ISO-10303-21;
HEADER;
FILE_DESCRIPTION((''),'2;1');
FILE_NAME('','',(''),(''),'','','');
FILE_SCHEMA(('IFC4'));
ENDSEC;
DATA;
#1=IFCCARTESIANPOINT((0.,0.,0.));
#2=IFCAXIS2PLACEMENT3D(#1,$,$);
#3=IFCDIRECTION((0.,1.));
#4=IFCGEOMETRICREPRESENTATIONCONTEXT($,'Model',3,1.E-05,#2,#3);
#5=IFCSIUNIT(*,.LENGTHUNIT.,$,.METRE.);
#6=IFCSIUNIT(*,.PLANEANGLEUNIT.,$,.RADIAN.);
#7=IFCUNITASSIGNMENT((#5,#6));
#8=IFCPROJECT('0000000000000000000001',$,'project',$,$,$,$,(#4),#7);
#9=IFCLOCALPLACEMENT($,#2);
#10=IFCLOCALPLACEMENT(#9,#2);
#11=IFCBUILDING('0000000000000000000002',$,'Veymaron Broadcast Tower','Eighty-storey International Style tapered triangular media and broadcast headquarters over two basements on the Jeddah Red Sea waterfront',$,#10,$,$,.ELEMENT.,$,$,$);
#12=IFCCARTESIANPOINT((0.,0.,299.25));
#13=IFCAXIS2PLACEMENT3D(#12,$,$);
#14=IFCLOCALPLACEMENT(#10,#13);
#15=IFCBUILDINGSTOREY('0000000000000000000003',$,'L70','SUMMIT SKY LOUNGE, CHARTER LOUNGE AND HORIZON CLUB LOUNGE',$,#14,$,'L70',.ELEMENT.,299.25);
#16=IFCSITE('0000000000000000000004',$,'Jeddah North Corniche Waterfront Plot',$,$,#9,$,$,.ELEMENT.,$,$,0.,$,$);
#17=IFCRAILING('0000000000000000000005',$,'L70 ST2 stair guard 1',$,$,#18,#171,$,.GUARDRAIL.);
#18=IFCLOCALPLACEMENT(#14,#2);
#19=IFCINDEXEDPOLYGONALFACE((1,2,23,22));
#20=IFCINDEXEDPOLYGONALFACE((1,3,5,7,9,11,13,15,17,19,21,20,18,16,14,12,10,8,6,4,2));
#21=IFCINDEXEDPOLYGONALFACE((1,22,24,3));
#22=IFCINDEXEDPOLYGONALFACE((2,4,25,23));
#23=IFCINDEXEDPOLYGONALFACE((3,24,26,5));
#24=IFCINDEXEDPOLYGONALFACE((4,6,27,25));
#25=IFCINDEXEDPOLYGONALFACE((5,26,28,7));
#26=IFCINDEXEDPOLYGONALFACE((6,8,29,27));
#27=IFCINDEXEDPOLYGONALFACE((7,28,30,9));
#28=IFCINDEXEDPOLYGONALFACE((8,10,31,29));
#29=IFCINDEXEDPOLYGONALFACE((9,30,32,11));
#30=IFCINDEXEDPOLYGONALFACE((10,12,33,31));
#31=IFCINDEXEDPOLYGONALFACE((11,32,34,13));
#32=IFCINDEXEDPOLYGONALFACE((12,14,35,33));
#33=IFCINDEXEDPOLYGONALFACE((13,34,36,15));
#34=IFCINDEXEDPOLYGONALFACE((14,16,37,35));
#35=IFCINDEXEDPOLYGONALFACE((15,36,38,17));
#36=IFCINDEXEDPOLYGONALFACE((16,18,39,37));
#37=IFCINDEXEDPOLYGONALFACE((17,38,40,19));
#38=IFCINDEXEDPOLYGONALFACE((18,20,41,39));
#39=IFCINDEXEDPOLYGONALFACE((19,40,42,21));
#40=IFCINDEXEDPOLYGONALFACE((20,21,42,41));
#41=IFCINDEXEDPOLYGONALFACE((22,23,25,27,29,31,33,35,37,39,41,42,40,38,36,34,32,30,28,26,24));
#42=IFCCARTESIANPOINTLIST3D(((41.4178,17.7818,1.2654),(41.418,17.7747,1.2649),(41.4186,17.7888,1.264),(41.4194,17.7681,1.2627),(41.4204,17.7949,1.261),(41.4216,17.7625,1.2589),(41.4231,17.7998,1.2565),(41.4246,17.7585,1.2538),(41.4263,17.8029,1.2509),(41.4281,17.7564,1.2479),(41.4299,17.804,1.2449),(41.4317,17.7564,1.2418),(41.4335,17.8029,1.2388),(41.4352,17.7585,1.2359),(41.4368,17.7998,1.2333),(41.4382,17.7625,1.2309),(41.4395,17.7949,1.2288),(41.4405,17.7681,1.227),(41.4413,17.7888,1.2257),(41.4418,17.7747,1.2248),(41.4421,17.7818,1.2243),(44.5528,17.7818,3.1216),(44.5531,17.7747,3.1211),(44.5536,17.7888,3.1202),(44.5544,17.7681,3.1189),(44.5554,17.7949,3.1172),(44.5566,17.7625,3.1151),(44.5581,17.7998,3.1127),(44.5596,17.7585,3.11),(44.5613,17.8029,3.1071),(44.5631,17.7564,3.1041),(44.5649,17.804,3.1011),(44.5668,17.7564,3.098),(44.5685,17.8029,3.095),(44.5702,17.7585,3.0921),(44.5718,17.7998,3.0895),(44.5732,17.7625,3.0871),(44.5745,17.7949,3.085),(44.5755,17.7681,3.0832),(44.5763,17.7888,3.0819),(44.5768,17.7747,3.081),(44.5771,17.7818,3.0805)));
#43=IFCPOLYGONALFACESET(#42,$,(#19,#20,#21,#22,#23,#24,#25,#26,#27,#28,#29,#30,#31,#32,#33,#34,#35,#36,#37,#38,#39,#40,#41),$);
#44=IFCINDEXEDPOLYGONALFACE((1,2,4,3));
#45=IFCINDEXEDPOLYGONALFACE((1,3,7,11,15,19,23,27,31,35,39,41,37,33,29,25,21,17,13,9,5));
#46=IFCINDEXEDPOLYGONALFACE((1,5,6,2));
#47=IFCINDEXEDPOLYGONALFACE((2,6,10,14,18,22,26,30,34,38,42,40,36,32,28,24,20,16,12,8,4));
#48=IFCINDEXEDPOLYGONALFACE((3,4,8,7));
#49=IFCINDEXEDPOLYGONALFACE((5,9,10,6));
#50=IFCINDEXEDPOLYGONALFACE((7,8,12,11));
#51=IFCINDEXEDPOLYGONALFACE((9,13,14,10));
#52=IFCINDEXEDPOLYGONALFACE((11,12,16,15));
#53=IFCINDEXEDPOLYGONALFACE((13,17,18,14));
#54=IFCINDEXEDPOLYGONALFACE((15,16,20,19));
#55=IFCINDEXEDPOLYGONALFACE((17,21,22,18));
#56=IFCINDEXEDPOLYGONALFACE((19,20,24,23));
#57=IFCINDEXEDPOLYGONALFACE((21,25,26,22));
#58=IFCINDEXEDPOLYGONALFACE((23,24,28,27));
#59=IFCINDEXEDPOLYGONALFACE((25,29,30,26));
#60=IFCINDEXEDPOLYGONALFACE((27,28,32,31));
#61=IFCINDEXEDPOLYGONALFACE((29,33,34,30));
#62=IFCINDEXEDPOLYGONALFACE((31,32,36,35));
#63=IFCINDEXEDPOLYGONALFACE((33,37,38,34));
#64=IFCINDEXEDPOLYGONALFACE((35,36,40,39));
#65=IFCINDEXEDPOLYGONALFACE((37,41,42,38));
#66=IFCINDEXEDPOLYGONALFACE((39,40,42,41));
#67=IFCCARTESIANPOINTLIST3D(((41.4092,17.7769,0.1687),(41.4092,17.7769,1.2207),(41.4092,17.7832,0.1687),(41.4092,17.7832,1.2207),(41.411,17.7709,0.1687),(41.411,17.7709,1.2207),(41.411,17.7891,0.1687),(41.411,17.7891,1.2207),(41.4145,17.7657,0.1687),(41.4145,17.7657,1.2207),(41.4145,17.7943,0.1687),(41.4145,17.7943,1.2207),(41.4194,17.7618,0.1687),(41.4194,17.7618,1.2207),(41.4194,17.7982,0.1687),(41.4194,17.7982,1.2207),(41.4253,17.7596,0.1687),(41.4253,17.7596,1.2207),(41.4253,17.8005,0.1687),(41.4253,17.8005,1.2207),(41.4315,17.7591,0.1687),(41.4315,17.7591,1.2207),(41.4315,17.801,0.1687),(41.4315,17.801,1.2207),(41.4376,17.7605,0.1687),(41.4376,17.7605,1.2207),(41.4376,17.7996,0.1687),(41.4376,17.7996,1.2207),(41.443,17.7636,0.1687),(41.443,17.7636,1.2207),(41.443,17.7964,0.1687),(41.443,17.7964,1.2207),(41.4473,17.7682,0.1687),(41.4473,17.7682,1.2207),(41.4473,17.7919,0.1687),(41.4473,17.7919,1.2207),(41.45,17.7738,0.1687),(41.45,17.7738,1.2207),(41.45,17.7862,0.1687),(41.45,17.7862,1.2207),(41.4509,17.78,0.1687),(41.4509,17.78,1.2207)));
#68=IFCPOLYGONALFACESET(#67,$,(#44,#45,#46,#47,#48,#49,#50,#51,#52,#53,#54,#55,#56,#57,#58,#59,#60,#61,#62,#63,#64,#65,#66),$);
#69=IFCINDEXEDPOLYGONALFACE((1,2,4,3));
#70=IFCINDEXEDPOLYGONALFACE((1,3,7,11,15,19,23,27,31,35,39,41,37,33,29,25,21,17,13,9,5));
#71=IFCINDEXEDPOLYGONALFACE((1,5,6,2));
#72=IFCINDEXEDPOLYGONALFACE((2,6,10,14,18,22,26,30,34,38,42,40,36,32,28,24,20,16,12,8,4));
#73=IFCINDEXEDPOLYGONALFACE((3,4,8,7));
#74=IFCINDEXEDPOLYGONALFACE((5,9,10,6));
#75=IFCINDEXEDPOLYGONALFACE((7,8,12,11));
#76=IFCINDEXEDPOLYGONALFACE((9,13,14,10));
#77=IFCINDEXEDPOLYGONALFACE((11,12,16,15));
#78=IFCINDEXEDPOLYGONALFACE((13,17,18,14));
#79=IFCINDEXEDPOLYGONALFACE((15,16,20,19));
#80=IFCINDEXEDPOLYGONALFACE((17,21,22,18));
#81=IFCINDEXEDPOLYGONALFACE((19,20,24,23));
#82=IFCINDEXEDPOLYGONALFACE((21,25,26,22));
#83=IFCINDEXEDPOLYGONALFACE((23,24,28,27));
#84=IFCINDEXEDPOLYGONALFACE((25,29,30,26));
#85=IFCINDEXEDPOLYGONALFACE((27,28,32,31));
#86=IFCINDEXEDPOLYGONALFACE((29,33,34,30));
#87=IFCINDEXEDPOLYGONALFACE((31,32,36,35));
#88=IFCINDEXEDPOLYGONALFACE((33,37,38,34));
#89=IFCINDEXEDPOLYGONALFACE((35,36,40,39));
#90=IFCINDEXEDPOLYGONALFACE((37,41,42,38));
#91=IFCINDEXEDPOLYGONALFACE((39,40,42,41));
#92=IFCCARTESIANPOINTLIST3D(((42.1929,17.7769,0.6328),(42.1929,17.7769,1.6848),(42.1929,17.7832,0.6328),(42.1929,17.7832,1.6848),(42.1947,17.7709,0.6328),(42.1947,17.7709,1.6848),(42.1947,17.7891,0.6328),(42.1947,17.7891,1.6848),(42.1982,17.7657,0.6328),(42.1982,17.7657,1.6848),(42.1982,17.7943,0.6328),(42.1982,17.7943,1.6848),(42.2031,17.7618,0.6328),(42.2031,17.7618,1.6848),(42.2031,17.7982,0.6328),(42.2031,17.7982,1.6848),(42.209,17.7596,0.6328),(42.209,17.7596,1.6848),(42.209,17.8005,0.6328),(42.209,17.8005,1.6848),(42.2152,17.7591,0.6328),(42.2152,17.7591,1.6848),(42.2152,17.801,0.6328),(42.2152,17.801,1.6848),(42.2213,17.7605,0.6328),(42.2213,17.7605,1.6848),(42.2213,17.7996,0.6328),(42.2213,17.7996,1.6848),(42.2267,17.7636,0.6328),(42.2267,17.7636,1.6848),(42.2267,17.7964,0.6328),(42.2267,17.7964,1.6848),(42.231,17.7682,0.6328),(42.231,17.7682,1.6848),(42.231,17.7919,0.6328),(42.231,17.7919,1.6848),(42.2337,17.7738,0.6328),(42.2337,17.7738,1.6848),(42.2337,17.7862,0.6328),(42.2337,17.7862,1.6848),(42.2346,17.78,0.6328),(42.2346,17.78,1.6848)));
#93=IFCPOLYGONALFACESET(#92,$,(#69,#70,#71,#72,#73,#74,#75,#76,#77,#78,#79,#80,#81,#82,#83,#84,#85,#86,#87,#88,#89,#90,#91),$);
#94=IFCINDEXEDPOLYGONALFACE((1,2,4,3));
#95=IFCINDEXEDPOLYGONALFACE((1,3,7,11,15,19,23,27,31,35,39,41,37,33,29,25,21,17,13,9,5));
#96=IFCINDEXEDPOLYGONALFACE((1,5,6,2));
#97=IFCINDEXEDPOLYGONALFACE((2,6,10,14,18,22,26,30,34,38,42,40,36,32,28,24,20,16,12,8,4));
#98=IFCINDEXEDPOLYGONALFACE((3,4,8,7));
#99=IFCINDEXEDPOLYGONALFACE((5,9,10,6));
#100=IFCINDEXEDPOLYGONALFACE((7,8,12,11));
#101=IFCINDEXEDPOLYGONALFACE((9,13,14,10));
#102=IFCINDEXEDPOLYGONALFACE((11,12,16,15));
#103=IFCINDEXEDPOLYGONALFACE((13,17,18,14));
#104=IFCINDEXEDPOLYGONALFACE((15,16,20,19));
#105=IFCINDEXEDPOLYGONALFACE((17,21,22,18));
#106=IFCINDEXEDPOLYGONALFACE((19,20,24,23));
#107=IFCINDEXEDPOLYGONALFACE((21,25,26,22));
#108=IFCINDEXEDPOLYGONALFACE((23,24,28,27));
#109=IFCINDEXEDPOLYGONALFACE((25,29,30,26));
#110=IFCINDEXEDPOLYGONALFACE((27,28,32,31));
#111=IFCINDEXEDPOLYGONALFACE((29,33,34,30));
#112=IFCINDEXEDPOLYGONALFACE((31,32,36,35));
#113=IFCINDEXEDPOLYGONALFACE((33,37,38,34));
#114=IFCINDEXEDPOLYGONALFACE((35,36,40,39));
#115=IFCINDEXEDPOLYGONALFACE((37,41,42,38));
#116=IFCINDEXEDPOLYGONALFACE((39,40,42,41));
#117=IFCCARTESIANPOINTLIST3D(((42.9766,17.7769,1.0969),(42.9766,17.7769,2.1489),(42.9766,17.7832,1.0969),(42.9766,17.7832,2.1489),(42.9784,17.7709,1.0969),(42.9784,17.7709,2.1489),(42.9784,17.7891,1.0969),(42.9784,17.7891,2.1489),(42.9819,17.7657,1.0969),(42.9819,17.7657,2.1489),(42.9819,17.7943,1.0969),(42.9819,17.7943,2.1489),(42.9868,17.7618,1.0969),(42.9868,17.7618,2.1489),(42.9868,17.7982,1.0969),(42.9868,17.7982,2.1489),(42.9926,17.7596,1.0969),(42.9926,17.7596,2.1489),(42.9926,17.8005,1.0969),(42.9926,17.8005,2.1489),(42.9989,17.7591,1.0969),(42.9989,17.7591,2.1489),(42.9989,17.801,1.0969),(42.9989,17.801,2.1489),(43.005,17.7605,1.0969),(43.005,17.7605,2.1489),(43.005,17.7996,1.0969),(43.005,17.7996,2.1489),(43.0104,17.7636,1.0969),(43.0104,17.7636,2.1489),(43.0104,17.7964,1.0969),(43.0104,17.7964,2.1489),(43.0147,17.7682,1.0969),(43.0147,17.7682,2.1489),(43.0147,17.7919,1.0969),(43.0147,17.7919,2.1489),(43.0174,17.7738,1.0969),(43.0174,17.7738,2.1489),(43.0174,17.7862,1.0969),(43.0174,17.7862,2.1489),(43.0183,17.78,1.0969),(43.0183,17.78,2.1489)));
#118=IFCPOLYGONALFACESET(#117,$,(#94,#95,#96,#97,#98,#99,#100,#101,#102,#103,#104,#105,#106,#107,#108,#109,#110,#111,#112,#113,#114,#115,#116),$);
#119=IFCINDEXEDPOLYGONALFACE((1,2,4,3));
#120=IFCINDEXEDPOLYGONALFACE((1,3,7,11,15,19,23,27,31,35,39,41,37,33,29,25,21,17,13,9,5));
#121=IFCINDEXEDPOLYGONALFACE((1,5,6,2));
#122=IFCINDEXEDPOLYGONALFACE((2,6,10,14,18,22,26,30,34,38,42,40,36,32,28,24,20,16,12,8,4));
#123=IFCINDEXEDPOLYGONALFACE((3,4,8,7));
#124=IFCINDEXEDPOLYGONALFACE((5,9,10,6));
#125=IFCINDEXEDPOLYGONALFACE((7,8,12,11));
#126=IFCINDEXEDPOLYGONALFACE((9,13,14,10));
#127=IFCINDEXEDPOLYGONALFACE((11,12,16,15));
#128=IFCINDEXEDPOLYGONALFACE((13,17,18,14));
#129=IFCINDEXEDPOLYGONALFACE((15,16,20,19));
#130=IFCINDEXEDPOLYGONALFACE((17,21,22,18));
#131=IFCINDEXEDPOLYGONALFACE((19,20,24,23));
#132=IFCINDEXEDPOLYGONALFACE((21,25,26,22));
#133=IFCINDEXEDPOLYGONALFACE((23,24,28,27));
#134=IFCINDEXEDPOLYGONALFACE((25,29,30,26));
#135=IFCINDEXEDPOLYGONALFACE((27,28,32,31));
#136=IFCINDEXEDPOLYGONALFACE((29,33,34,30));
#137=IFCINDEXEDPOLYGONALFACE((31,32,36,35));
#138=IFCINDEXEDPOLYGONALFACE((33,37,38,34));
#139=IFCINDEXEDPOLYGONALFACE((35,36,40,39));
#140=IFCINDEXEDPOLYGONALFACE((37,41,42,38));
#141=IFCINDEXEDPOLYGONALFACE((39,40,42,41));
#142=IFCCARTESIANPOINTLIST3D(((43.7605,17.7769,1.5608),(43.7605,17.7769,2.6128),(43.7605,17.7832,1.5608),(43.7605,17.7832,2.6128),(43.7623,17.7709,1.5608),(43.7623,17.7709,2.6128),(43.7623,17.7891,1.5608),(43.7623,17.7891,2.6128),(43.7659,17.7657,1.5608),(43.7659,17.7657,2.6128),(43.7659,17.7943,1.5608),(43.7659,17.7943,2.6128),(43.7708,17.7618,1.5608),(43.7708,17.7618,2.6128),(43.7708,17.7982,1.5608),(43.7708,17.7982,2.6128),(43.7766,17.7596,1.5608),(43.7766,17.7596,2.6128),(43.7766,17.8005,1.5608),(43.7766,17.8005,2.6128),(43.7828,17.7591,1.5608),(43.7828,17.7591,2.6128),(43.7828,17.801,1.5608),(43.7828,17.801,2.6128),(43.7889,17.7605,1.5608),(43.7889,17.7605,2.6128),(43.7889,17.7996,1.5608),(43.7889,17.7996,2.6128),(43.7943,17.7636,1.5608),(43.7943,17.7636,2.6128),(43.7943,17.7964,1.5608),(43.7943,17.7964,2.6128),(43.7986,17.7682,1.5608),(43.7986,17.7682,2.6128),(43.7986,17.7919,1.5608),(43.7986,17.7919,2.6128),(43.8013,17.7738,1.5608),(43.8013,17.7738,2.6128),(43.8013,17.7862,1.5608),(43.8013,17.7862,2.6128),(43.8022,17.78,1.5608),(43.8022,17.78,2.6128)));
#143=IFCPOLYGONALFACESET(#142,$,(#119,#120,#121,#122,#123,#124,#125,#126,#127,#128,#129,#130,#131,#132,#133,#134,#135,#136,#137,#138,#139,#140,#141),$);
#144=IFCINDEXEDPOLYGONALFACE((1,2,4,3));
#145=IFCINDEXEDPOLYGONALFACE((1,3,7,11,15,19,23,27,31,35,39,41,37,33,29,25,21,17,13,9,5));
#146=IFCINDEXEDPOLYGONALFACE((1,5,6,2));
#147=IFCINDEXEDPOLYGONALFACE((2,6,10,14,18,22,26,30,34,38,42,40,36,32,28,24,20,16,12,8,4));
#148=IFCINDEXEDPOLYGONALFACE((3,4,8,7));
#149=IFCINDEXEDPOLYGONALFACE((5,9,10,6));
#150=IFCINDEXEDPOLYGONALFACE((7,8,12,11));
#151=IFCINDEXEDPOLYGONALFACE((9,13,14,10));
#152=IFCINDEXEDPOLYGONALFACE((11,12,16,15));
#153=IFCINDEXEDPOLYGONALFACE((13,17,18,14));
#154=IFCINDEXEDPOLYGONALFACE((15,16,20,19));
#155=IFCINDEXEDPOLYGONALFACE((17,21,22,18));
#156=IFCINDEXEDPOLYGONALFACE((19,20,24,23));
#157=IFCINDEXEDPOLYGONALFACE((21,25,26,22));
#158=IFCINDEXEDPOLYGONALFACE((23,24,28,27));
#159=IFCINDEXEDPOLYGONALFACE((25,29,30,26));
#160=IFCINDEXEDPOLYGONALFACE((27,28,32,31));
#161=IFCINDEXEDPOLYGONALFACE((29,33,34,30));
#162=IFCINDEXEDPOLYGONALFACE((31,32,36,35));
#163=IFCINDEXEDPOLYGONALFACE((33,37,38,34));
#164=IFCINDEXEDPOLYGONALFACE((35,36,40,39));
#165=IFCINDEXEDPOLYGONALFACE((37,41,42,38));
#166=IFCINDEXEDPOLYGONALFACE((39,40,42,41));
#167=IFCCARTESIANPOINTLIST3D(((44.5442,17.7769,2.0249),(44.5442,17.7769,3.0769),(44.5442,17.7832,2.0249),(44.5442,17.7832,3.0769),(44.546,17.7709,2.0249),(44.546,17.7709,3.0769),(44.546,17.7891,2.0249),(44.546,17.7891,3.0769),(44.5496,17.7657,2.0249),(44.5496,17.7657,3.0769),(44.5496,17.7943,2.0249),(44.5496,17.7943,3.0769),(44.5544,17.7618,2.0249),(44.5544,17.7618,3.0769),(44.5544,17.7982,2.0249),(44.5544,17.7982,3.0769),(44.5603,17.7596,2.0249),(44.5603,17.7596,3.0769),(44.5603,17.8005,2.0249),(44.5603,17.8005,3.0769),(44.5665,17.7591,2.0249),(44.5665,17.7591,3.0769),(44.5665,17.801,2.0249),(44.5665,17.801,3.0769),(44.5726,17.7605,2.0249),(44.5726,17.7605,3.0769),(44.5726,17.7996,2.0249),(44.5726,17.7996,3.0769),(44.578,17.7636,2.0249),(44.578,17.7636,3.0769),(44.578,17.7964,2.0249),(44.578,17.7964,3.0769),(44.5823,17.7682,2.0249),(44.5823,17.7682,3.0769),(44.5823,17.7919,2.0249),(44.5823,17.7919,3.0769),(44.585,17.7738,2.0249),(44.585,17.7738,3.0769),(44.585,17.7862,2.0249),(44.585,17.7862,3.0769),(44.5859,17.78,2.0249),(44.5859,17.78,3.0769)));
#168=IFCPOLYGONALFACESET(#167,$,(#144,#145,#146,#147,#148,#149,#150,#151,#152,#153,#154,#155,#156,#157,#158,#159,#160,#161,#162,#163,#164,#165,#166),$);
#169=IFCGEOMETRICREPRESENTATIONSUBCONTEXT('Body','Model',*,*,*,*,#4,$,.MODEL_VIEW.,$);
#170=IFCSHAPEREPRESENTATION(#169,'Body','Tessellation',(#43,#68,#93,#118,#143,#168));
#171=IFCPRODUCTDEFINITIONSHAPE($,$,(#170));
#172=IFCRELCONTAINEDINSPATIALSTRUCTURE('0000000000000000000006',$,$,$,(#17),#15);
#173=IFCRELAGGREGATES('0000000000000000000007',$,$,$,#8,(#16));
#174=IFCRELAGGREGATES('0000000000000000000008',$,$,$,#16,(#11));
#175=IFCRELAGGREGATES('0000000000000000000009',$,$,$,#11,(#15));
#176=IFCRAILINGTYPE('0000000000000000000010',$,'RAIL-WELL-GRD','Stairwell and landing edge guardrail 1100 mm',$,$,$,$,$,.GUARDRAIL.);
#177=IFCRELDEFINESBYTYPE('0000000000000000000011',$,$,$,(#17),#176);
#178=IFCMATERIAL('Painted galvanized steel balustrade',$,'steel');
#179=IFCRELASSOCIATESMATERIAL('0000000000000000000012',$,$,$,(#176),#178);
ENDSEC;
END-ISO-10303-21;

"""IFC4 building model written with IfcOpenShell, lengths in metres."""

from ifc_helpers import new_model, si_unit, direction, frame, origin, origin_2d, place, context, subcontext, project, spatial, circle, extrude, material, type_object, element, save


model = new_model("IFC4")

# Units and contexts
model_context = context("Model", 3, precision=1e-05, world=origin(), true_north=direction((0.0, 1.0)))
body_context = subcontext(model_context, "Body", "Model", "MODEL_VIEW")
ifc_project = project(units=[si_unit("LENGTHUNIT", "METRE"), si_unit("PLANEANGLEUNIT", "RADIAN")], contexts=[model_context])

# Site, building, storey
site_placement = place(None, origin())
site = spatial("IfcSite", under=ifc_project, at=site_placement, Name="Jeddah North Corniche Waterfront Plot", CompositionType="ELEMENT", RefElevation=0.0)
building_placement = place(site_placement, origin())
building = spatial("IfcBuilding", under=site, at=building_placement, Name="Veymaron Broadcast Tower", Description="Eighty-storey International Style tapered triangular media and broadcast headquarters over two basements on the Jeddah Red Sea waterfront", CompositionType="ELEMENT")
storey_placement = place(building_placement, frame((0.0, 0.0, 299.25)))
storey = spatial("IfcBuildingStorey", under=building, at=storey_placement, Name="L70", Description="SUMMIT SKY LOUNGE, CHARTER LOUNGE AND HORIZON CLUB LOUNGE", LongName="L70", CompositionType="ELEMENT", Elevation=299.25)

# Railing
ifc_material_1 = material(Name="Painted galvanized steel balustrade", Category="steel")
railing_type_1 = type_object("IfcRailingType", Name="RAIL-WELL-GRD", Description="Stairwell and landing edge guardrail 1100 mm", PredefinedType="GUARDRAIL", material=ifc_material_1)
railing_1_placement = place(storey_placement, frame((41.4299, 17.78, 0.1687)))
element("IfcRailing", 1, at=railing_1_placement, inside=storey, type_object=railing_type_1, Name="L70 ST2 stair guard 1", PredefinedType="GUARDRAIL", context=body_context, shape_type="SweptSolid", body=[
    extrude(circle(Radius=0.0239, at=origin_2d()), frame((0.0, 0.0, 1.0762), z_axis=(0.860482, 0.0, 0.509481), x_axis=(0.0, 1.0, 0.0)), (0.0, 0.0, 1.0), 3.6433),
    extrude(circle(Radius=0.021, at=origin_2d()), origin(), (0.0, 0.0, 1.0), 1.052),
    extrude(circle(Radius=0.021, at=origin_2d()), frame((0.7837, 0.0, 0.4641)), (0.0, 0.0, 1.0), 1.052),
    extrude(circle(Radius=0.021, at=origin_2d()), frame((1.5674, 0.0, 0.9282)), (0.0, 0.0, 1.0), 1.052),
    extrude(circle(Radius=0.021, at=origin_2d()), frame((2.3513, 0.0, 1.3921)), (0.0, 0.0, 1.0), 1.052),
    extrude(circle(Radius=0.021, at=origin_2d()), frame((3.135, 0.0, 1.8562)), (0.0, 0.0, 1.0), 1.052),
])

save(model, "model.ifc")
